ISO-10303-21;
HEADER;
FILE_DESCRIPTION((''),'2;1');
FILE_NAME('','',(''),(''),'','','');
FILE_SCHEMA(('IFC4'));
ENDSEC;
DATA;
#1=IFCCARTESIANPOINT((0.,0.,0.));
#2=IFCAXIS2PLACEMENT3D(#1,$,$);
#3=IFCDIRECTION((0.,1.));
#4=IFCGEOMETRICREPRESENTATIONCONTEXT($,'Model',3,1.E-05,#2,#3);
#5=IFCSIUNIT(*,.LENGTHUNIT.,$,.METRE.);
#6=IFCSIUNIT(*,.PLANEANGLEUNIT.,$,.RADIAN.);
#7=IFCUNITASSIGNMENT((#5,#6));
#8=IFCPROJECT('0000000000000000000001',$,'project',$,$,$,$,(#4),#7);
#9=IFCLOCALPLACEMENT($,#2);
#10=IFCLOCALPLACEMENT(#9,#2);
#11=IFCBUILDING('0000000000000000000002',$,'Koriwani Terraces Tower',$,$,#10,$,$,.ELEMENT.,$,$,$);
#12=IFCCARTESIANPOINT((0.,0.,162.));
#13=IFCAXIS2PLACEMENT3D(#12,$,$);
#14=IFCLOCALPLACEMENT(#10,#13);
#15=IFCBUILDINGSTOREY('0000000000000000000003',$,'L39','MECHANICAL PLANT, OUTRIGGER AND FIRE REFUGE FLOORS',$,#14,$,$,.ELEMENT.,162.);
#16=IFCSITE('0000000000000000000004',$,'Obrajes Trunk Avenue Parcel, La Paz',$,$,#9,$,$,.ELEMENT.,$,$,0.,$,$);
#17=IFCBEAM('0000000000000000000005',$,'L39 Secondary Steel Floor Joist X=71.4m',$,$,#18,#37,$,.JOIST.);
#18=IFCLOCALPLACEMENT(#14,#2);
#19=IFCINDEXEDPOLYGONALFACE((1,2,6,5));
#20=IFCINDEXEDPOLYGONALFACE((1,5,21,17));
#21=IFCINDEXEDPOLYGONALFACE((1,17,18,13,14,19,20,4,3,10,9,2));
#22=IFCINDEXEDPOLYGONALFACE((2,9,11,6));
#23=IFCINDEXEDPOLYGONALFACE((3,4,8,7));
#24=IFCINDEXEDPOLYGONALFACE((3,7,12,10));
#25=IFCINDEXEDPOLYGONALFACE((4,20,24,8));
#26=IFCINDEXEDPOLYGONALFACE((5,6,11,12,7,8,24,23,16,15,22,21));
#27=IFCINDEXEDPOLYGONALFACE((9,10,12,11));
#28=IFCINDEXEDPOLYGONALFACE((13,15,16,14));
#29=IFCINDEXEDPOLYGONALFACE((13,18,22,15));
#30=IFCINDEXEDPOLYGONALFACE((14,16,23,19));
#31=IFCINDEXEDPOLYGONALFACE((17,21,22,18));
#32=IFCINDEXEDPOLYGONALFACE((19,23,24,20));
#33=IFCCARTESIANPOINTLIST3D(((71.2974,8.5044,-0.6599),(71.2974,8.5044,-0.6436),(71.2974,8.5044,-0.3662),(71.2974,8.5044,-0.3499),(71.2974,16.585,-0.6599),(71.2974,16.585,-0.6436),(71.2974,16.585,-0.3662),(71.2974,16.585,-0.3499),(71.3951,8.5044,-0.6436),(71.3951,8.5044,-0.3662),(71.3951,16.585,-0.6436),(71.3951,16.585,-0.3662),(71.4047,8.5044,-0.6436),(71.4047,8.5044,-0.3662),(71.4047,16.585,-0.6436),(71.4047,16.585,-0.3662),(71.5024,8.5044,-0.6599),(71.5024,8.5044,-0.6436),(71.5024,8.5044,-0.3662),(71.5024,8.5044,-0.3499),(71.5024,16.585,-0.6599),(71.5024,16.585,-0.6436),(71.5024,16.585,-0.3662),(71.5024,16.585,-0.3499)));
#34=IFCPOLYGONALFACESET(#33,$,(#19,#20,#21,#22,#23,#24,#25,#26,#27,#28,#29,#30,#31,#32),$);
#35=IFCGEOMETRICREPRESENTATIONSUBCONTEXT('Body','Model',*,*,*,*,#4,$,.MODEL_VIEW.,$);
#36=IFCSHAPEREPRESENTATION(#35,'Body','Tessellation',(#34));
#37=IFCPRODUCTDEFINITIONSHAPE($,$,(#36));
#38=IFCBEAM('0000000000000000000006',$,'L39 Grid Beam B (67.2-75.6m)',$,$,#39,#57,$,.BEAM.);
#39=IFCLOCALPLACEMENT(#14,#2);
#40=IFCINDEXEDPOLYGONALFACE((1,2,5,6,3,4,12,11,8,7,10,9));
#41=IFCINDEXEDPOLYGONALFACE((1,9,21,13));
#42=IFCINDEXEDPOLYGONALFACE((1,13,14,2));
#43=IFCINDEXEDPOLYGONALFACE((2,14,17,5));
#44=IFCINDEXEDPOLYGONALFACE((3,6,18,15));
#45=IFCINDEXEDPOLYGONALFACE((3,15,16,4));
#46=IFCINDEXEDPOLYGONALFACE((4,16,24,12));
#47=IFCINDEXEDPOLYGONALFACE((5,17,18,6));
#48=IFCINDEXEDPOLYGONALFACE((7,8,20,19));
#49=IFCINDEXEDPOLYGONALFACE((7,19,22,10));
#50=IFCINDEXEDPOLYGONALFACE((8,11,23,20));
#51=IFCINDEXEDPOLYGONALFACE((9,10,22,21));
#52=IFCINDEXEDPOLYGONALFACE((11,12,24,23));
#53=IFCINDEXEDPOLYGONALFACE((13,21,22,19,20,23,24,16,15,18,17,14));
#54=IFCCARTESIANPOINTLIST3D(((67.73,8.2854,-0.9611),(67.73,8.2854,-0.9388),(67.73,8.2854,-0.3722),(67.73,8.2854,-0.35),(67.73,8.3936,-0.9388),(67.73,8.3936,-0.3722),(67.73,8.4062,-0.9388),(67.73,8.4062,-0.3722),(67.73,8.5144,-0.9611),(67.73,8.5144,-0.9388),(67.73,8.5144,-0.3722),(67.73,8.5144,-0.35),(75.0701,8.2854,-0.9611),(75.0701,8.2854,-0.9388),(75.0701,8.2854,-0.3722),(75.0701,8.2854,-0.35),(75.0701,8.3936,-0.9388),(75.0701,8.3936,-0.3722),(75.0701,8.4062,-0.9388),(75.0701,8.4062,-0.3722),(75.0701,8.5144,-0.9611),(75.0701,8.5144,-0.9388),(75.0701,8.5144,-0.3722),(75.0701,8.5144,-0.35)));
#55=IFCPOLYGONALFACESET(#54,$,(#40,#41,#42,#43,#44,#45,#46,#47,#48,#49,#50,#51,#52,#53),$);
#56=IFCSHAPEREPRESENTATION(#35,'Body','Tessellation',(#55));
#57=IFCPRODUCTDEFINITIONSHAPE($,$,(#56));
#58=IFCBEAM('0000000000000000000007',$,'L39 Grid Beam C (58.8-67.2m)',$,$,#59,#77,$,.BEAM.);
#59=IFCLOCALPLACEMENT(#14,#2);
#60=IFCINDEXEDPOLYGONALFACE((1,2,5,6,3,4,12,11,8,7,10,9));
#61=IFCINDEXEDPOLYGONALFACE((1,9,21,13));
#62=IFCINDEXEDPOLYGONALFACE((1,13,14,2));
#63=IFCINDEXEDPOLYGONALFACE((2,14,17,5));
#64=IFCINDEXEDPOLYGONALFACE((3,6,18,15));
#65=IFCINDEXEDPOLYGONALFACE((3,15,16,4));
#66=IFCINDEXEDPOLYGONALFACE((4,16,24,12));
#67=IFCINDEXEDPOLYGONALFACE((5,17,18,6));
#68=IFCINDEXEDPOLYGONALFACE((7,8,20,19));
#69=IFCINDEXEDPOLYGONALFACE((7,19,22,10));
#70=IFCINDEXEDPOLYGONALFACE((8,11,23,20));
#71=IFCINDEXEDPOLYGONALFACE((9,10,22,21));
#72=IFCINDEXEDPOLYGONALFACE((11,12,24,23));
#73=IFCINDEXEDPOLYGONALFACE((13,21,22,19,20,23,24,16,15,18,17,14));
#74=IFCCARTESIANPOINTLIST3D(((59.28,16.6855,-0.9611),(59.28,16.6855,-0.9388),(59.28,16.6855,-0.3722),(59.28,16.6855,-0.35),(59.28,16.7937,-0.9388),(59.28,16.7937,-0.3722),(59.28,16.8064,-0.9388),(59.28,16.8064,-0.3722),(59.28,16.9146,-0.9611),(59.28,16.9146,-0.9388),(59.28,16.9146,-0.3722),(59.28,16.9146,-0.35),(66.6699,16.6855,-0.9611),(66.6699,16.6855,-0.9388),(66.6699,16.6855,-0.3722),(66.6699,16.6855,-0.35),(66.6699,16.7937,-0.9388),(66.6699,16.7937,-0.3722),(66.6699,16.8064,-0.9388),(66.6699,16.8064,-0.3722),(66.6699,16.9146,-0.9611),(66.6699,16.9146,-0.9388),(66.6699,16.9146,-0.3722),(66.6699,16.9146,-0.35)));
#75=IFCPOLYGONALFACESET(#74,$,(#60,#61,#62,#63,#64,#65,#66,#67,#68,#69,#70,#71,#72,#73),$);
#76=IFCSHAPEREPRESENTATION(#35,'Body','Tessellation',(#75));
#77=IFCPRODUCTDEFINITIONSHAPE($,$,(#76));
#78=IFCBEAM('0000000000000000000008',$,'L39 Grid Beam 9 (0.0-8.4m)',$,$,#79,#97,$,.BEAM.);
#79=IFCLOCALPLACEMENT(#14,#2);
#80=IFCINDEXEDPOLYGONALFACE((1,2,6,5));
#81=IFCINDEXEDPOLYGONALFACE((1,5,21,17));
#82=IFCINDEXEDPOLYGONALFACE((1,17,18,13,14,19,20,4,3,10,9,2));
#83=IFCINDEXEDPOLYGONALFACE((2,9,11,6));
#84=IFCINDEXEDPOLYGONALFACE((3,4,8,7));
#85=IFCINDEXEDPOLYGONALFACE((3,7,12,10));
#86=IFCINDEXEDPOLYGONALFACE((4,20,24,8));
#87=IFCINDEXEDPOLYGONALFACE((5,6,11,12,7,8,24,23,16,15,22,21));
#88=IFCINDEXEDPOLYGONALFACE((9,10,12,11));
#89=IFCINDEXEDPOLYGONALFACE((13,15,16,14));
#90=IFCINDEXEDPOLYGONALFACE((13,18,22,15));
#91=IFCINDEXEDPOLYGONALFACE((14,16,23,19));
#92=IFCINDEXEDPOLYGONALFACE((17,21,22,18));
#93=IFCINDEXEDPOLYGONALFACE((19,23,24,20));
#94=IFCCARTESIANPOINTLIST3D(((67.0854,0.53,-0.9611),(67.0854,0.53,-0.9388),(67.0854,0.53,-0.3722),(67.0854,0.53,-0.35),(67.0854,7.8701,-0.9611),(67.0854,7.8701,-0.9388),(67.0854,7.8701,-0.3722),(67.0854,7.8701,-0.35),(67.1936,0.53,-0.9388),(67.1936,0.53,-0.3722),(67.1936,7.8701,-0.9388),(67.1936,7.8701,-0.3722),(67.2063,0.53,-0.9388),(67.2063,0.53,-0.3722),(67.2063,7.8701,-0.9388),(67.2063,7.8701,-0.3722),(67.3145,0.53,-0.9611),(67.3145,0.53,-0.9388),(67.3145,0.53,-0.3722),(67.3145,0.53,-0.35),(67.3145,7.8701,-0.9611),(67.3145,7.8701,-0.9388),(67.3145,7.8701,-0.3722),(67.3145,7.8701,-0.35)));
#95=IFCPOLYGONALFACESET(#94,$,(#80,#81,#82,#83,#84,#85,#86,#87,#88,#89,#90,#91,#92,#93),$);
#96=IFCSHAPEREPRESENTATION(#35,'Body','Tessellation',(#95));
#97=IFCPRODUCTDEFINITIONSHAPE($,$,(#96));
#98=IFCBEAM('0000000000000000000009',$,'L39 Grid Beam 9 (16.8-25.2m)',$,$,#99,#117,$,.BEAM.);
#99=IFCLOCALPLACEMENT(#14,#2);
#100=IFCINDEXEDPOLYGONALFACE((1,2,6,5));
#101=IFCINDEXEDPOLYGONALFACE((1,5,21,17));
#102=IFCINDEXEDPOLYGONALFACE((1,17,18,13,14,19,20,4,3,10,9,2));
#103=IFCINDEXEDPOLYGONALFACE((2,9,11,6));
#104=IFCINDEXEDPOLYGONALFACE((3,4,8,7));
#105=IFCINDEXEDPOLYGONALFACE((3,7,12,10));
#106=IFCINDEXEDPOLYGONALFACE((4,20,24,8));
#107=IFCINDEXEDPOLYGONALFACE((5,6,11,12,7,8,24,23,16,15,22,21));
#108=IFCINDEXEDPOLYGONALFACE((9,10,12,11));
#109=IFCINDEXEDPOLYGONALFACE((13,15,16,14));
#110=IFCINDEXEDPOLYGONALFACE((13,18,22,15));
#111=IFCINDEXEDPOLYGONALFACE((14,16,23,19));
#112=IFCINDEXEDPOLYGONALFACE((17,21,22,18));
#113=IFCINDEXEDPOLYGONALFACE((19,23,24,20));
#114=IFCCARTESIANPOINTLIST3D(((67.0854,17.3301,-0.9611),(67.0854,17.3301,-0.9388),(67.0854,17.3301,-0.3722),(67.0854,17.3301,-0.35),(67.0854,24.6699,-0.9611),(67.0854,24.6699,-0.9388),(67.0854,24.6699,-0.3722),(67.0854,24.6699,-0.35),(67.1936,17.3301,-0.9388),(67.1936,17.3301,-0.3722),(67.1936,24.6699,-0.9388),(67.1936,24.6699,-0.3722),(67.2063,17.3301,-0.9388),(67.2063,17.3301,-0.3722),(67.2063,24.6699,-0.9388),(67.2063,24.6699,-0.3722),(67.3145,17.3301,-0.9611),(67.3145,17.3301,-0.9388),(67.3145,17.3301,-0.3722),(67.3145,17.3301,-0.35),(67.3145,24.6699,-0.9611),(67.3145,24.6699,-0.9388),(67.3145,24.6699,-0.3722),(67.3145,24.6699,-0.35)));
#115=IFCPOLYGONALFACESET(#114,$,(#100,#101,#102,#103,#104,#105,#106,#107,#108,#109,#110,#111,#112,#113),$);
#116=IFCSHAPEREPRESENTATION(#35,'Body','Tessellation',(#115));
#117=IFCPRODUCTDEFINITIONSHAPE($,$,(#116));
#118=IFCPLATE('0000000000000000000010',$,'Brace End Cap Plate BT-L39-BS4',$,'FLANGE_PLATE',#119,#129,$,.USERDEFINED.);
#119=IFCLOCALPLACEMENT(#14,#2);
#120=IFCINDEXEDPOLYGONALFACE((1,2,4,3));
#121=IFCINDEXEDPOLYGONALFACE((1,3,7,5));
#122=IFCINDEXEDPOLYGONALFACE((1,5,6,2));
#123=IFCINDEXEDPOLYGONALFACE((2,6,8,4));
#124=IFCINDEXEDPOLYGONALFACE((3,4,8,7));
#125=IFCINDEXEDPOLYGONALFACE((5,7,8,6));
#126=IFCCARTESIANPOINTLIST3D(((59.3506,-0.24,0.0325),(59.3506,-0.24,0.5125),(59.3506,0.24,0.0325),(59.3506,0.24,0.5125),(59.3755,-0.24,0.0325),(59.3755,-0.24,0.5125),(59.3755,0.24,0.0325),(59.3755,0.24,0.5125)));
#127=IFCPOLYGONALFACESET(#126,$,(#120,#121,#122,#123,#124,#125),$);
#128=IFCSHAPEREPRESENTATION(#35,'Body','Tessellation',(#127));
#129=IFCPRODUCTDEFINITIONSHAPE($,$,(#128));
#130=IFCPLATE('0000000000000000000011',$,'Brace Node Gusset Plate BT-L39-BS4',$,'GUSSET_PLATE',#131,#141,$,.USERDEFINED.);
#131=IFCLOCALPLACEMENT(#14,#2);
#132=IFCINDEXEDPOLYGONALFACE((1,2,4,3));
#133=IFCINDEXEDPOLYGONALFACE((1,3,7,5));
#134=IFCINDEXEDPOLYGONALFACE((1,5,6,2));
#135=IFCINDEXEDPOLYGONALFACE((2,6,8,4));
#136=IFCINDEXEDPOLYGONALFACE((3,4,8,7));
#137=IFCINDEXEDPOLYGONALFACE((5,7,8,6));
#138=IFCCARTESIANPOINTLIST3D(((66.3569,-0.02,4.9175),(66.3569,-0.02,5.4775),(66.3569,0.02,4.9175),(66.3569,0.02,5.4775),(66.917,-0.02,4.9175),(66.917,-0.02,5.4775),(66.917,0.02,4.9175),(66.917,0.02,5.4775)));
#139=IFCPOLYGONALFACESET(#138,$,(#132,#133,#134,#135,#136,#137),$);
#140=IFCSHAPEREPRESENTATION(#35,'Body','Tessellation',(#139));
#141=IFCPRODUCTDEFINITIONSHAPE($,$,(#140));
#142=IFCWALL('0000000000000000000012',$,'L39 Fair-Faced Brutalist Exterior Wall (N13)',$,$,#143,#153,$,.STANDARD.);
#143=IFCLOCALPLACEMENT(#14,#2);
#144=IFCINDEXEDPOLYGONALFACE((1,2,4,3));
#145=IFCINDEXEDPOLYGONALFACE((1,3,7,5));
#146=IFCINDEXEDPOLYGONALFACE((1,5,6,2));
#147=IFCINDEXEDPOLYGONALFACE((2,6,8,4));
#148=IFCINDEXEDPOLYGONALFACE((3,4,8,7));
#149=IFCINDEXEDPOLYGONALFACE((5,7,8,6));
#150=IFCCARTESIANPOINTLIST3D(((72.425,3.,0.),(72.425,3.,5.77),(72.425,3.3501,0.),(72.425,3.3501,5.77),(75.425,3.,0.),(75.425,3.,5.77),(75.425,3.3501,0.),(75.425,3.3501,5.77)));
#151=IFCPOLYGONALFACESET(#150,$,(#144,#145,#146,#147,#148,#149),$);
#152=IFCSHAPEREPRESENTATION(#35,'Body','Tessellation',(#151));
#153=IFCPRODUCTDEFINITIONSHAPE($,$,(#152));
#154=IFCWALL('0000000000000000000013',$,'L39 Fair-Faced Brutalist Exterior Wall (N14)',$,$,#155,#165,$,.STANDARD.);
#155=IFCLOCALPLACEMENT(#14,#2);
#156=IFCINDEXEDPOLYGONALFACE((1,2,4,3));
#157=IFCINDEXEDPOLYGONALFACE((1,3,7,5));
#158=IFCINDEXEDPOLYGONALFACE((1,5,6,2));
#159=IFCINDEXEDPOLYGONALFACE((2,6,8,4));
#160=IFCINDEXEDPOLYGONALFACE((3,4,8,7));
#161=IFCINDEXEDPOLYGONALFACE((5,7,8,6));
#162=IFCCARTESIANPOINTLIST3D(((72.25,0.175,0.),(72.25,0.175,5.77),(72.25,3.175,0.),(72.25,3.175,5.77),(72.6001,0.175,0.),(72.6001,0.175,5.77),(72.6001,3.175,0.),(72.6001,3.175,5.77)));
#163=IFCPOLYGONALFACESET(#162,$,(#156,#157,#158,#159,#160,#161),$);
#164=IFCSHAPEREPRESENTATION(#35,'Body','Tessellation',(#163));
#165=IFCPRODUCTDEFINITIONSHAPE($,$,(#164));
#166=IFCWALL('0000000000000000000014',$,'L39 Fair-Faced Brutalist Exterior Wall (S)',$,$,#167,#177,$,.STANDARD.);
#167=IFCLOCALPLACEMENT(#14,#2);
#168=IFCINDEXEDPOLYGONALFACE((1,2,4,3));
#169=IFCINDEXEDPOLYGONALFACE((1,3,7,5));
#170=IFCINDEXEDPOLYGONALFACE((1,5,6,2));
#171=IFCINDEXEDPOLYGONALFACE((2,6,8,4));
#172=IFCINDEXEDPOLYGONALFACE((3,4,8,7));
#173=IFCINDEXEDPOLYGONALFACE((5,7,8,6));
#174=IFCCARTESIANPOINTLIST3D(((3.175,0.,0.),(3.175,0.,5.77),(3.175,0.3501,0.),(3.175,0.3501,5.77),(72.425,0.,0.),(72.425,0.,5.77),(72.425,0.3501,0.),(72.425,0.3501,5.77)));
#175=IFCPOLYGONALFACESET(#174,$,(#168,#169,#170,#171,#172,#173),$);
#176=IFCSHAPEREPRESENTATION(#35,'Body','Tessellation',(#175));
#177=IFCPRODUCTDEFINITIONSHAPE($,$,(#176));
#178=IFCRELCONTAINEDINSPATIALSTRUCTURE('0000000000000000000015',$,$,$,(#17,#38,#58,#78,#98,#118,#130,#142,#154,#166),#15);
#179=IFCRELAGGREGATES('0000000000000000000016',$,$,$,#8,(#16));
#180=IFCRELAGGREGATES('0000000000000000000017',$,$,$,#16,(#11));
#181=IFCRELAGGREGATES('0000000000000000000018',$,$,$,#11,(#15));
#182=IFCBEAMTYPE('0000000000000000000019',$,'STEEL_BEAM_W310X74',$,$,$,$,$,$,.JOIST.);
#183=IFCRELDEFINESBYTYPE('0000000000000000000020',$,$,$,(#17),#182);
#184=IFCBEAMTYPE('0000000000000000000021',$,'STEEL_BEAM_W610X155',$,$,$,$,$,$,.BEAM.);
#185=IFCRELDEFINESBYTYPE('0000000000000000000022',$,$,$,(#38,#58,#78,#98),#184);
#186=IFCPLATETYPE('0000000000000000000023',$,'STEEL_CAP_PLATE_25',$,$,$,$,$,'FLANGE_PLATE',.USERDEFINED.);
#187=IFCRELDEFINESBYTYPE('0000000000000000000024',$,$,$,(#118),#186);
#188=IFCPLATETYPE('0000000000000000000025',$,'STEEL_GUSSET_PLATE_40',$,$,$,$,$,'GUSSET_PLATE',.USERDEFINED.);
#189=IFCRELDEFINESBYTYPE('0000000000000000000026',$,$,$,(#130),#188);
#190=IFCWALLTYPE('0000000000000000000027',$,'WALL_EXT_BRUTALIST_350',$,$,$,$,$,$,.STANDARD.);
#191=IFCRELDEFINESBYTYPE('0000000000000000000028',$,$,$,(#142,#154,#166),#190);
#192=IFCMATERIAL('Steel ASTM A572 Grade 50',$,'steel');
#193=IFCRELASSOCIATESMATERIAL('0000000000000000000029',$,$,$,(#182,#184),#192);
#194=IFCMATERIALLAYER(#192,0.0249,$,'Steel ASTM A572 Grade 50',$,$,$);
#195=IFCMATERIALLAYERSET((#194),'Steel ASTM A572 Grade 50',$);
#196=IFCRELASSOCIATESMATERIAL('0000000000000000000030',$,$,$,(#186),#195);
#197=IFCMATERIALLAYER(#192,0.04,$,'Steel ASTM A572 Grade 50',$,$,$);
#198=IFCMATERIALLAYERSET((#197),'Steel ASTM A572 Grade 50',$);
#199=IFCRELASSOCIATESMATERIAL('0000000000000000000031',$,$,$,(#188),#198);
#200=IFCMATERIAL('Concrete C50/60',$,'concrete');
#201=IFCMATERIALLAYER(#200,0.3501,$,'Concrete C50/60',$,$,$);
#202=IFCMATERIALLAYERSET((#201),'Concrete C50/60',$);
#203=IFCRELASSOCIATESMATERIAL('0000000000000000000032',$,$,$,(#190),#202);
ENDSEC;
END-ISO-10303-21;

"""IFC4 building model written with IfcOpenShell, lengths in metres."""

from ifc_helpers import new_model, si_unit, direction, frame, frame_2d, origin, origin_2d, place, context, subcontext, project, spatial, rectangle, i_section, extrude, material, layer, layer_set, material_profile, profile_set, type_object, element, save


model = new_model("IFC4")

# Units and contexts
model_context = context("Model", 3, precision=1e-05, world=origin(), true_north=direction((0.0, 1.0)))
body_context = subcontext(model_context, "Body", "Model", "MODEL_VIEW")
ifc_project = project(units=[si_unit("LENGTHUNIT", "METRE"), si_unit("PLANEANGLEUNIT", "RADIAN")], contexts=[model_context])

# Site, building, storey
site_placement = place(None, origin())
site = spatial("IfcSite", under=ifc_project, at=site_placement, Name="Obrajes Trunk Avenue Parcel, La Paz", CompositionType="ELEMENT", RefElevation=0.0)
building_placement = place(site_placement, origin())
building = spatial("IfcBuilding", under=site, at=building_placement, Name="Koriwani Terraces Tower", CompositionType="ELEMENT")
storey_placement = place(building_placement, frame((0.0, 0.0, 162.0)))
storey = spatial("IfcBuildingStorey", under=building, at=storey_placement, Name="L39", Description="MECHANICAL PLANT, OUTRIGGER AND FIRE REFUGE FLOORS", CompositionType="ELEMENT", Elevation=162.0)

# Shared definitions
ifc_material_1 = material(Name="Concrete C50/60", Category="concrete")

# Shared definitions
ifc_material_2 = material(Name="Steel ASTM A572 Grade 50", Category="steel")

# Beams
ifc_material_profile_1 = material_profile(ifc_material_2, i_section(OverallWidth=0.2051, OverallDepth=0.3101, WebThickness=0.0095, FlangeThickness=0.0164, at=origin_2d()), Name="Steel ASTM A572 Grade 50", Category="LoadBearing")
ifc_profile_set_1 = profile_set([ifc_material_profile_1], Name="Steel ASTM A572 Grade 50")
beam_type_1 = type_object("IfcBeamType", Name="STEEL_BEAM_W310X74", PredefinedType="JOIST", material=ifc_profile_set_1)
for number, where, z_axis, x_axis, name in (
    (1, (71.3999, 8.5044, -0.5049), (0.0, 1.0, 0.0), (-1.0, 0.0, 0.0), "L39 Secondary Steel Floor Joist X=71.4m"),
):
    element("IfcBeam", number, at=place(storey_placement, frame(where, z_axis=z_axis, x_axis=x_axis)), inside=storey, type_object=beam_type_1, Name=name, PredefinedType="JOIST", context=body_context, shape_type="SweptSolid", body=[
        extrude(i_section(OverallWidth=0.2051, OverallDepth=0.3101, WebThickness=0.0095, FlangeThickness=0.0164, at=origin_2d()), origin(), (0.0, 0.0, 1.0), 8.0806),
    ])
ifc_material_profile_2 = material_profile(ifc_material_2, i_section(OverallWidth=0.229, OverallDepth=0.6111, WebThickness=0.0127, FlangeThickness=0.0222, at=origin_2d()), Name="Steel ASTM A572 Grade 50", Category="LoadBearing")
ifc_profile_set_2 = profile_set([ifc_material_profile_2], Name="Steel ASTM A572 Grade 50")
beam_type_2 = type_object("IfcBeamType", Name="STEEL_BEAM_W610X155", PredefinedType="BEAM", material=ifc_profile_set_2)
beam_1_placement = place(storey_placement, frame((67.73, 8.3999, -0.6555), z_axis=(1.0, 0.0, 0.0), x_axis=(0.0, 1.0, 0.0)))
element("IfcBeam", 2, at=beam_1_placement, inside=storey, type_object=beam_type_2, Name="L39 Grid Beam B (67.2-75.6m)", PredefinedType="BEAM", context=body_context, shape_type="SweptSolid", body=[
    extrude(i_section(OverallWidth=0.229, OverallDepth=0.6111, WebThickness=0.0127, FlangeThickness=0.0222, at=origin_2d()), origin(), (0.0, 0.0, 1.0), 7.3401),
])
beam_2_placement = place(storey_placement, frame((59.28, 16.8, -0.6555), z_axis=(1.0, 0.0, 0.0), x_axis=(0.0, 1.0, 0.0)))
element("IfcBeam", 3, at=beam_2_placement, inside=storey, type_object=beam_type_2, Name="L39 Grid Beam C (58.8-67.2m)", PredefinedType="BEAM", context=body_context, shape_type="SweptSolid", body=[
    extrude(i_section(OverallWidth=0.229, OverallDepth=0.6111, WebThickness=0.0127, FlangeThickness=0.0222, at=origin_2d()), origin(), (0.0, 0.0, 1.0), 7.3899),
])
beam_3_placement = place(storey_placement, frame((67.2, 0.53, -0.6555), z_axis=(0.0, 1.0, 0.0), x_axis=(-1.0, 0.0, 0.0)))
element("IfcBeam", 4, at=beam_3_placement, inside=storey, type_object=beam_type_2, Name="L39 Grid Beam 9 (0.0-8.4m)", PredefinedType="BEAM", context=body_context, shape_type="SweptSolid", body=[
    extrude(i_section(OverallWidth=0.229, OverallDepth=0.6111, WebThickness=0.0127, FlangeThickness=0.0222, at=origin_2d()), origin(), (0.0, 0.0, 1.0), 7.3401),
])
beam_4_placement = place(storey_placement, frame((67.2, 17.3301, -0.6555), z_axis=(0.0, 1.0, 0.0), x_axis=(-1.0, 0.0, 0.0)))
element("IfcBeam", 5, at=beam_4_placement, inside=storey, type_object=beam_type_2, Name="L39 Grid Beam 9 (16.8-25.2m)", PredefinedType="BEAM", context=body_context, shape_type="SweptSolid", body=[
    extrude(i_section(OverallWidth=0.229, OverallDepth=0.6111, WebThickness=0.0127, FlangeThickness=0.0222, at=origin_2d()), origin(), (0.0, 0.0, 1.0), 7.3398),
])

# Plates
ifc_layer_1 = layer(ifc_material_2, 0.0249, Name="Steel ASTM A572 Grade 50")
ifc_layer_set_1 = layer_set([ifc_layer_1], Name="Steel ASTM A572 Grade 50")
plate_type_1 = type_object("IfcPlateType", Name="STEEL_CAP_PLATE_25", ElementType="FLANGE_PLATE", PredefinedType="USERDEFINED", material=ifc_layer_set_1)
plate_1_placement = place(storey_placement, frame((59.363, 0.0, 0.0325), z_axis=(0.0, 0.0, 1.0), x_axis=(1.0, 0.0, 0.0)))
element("IfcPlate", 6, at=plate_1_placement, inside=storey, type_object=plate_type_1, Name="Brace End Cap Plate BT-L39-BS4", ObjectType="FLANGE_PLATE", PredefinedType="USERDEFINED", context=body_context, shape_type="SweptSolid", body=[
    extrude(rectangle(XDim=0.0249, YDim=0.48, at=origin_2d()), origin(), (0.0, 0.0, 1.0), 0.48),
])
ifc_layer_2 = layer(ifc_material_2, 0.04, Name="Steel ASTM A572 Grade 50")
ifc_layer_set_2 = layer_set([ifc_layer_2], Name="Steel ASTM A572 Grade 50")
plate_type_2 = type_object("IfcPlateType", Name="STEEL_GUSSET_PLATE_40", ElementType="GUSSET_PLATE", PredefinedType="USERDEFINED", material=ifc_layer_set_2)
plate_2_placement = place(storey_placement, frame((66.637, 0.0, 4.9175), z_axis=(0.0, 0.0, 1.0), x_axis=(1.0, 0.0, 0.0)))
element("IfcPlate", 7, at=plate_2_placement, inside=storey, type_object=plate_type_2, Name="Brace Node Gusset Plate BT-L39-BS4", ObjectType="GUSSET_PLATE", PredefinedType="USERDEFINED", context=body_context, shape_type="SweptSolid", body=[
    extrude(rectangle(XDim=0.5601, YDim=0.04, at=origin_2d()), origin(), (0.0, 0.0, 1.0), 0.5601),
])

# Walls
ifc_layer_3 = layer(ifc_material_1, 0.3501, Name="Concrete C50/60")
ifc_layer_set_3 = layer_set([ifc_layer_3], Name="Concrete C50/60")
wall_type_1 = type_object("IfcWallType", Name="WALL_EXT_BRUTALIST_350", PredefinedType="STANDARD", material=ifc_layer_set_3)
for number, where, z_axis, x_axis, name in (
    (8, (75.425, 3.175, 0.0), (0.0, 0.0, 1.0), (-1.0, 0.0, 0.0), "L39 Fair-Faced Brutalist Exterior Wall (N13)"),
    (9, (72.425, 3.175, 0.0), (0.0, 0.0, 1.0), (0.0, -1.0, 0.0), "L39 Fair-Faced Brutalist Exterior Wall (N14)"),
):
    element("IfcWall", number, at=place(storey_placement, frame(where, z_axis=z_axis, x_axis=x_axis)), inside=storey, type_object=wall_type_1, Name=name, PredefinedType="STANDARD", context=body_context, shape_type="SweptSolid", body=[
        extrude(rectangle(XDim=3.0, YDim=0.3501, at=frame_2d((1.5, 0.0))), origin(), (0.0, 0.0, 1.0), 5.77),
    ])
wall_1_placement = place(storey_placement, frame((72.425, 0.175, 0.0), z_axis=(0.0, 0.0, 1.0), x_axis=(-1.0, 0.0, 0.0)))
element("IfcWall", 10, at=wall_1_placement, inside=storey, type_object=wall_type_1, Name="L39 Fair-Faced Brutalist Exterior Wall (S)", PredefinedType="STANDARD", context=body_context, shape_type="SweptSolid", body=[
    extrude(rectangle(XDim=69.25, YDim=0.3501, at=frame_2d((34.625, 0.0))), origin(), (0.0, 0.0, 1.0), 5.77),
])

save(model, "model.ifc")
